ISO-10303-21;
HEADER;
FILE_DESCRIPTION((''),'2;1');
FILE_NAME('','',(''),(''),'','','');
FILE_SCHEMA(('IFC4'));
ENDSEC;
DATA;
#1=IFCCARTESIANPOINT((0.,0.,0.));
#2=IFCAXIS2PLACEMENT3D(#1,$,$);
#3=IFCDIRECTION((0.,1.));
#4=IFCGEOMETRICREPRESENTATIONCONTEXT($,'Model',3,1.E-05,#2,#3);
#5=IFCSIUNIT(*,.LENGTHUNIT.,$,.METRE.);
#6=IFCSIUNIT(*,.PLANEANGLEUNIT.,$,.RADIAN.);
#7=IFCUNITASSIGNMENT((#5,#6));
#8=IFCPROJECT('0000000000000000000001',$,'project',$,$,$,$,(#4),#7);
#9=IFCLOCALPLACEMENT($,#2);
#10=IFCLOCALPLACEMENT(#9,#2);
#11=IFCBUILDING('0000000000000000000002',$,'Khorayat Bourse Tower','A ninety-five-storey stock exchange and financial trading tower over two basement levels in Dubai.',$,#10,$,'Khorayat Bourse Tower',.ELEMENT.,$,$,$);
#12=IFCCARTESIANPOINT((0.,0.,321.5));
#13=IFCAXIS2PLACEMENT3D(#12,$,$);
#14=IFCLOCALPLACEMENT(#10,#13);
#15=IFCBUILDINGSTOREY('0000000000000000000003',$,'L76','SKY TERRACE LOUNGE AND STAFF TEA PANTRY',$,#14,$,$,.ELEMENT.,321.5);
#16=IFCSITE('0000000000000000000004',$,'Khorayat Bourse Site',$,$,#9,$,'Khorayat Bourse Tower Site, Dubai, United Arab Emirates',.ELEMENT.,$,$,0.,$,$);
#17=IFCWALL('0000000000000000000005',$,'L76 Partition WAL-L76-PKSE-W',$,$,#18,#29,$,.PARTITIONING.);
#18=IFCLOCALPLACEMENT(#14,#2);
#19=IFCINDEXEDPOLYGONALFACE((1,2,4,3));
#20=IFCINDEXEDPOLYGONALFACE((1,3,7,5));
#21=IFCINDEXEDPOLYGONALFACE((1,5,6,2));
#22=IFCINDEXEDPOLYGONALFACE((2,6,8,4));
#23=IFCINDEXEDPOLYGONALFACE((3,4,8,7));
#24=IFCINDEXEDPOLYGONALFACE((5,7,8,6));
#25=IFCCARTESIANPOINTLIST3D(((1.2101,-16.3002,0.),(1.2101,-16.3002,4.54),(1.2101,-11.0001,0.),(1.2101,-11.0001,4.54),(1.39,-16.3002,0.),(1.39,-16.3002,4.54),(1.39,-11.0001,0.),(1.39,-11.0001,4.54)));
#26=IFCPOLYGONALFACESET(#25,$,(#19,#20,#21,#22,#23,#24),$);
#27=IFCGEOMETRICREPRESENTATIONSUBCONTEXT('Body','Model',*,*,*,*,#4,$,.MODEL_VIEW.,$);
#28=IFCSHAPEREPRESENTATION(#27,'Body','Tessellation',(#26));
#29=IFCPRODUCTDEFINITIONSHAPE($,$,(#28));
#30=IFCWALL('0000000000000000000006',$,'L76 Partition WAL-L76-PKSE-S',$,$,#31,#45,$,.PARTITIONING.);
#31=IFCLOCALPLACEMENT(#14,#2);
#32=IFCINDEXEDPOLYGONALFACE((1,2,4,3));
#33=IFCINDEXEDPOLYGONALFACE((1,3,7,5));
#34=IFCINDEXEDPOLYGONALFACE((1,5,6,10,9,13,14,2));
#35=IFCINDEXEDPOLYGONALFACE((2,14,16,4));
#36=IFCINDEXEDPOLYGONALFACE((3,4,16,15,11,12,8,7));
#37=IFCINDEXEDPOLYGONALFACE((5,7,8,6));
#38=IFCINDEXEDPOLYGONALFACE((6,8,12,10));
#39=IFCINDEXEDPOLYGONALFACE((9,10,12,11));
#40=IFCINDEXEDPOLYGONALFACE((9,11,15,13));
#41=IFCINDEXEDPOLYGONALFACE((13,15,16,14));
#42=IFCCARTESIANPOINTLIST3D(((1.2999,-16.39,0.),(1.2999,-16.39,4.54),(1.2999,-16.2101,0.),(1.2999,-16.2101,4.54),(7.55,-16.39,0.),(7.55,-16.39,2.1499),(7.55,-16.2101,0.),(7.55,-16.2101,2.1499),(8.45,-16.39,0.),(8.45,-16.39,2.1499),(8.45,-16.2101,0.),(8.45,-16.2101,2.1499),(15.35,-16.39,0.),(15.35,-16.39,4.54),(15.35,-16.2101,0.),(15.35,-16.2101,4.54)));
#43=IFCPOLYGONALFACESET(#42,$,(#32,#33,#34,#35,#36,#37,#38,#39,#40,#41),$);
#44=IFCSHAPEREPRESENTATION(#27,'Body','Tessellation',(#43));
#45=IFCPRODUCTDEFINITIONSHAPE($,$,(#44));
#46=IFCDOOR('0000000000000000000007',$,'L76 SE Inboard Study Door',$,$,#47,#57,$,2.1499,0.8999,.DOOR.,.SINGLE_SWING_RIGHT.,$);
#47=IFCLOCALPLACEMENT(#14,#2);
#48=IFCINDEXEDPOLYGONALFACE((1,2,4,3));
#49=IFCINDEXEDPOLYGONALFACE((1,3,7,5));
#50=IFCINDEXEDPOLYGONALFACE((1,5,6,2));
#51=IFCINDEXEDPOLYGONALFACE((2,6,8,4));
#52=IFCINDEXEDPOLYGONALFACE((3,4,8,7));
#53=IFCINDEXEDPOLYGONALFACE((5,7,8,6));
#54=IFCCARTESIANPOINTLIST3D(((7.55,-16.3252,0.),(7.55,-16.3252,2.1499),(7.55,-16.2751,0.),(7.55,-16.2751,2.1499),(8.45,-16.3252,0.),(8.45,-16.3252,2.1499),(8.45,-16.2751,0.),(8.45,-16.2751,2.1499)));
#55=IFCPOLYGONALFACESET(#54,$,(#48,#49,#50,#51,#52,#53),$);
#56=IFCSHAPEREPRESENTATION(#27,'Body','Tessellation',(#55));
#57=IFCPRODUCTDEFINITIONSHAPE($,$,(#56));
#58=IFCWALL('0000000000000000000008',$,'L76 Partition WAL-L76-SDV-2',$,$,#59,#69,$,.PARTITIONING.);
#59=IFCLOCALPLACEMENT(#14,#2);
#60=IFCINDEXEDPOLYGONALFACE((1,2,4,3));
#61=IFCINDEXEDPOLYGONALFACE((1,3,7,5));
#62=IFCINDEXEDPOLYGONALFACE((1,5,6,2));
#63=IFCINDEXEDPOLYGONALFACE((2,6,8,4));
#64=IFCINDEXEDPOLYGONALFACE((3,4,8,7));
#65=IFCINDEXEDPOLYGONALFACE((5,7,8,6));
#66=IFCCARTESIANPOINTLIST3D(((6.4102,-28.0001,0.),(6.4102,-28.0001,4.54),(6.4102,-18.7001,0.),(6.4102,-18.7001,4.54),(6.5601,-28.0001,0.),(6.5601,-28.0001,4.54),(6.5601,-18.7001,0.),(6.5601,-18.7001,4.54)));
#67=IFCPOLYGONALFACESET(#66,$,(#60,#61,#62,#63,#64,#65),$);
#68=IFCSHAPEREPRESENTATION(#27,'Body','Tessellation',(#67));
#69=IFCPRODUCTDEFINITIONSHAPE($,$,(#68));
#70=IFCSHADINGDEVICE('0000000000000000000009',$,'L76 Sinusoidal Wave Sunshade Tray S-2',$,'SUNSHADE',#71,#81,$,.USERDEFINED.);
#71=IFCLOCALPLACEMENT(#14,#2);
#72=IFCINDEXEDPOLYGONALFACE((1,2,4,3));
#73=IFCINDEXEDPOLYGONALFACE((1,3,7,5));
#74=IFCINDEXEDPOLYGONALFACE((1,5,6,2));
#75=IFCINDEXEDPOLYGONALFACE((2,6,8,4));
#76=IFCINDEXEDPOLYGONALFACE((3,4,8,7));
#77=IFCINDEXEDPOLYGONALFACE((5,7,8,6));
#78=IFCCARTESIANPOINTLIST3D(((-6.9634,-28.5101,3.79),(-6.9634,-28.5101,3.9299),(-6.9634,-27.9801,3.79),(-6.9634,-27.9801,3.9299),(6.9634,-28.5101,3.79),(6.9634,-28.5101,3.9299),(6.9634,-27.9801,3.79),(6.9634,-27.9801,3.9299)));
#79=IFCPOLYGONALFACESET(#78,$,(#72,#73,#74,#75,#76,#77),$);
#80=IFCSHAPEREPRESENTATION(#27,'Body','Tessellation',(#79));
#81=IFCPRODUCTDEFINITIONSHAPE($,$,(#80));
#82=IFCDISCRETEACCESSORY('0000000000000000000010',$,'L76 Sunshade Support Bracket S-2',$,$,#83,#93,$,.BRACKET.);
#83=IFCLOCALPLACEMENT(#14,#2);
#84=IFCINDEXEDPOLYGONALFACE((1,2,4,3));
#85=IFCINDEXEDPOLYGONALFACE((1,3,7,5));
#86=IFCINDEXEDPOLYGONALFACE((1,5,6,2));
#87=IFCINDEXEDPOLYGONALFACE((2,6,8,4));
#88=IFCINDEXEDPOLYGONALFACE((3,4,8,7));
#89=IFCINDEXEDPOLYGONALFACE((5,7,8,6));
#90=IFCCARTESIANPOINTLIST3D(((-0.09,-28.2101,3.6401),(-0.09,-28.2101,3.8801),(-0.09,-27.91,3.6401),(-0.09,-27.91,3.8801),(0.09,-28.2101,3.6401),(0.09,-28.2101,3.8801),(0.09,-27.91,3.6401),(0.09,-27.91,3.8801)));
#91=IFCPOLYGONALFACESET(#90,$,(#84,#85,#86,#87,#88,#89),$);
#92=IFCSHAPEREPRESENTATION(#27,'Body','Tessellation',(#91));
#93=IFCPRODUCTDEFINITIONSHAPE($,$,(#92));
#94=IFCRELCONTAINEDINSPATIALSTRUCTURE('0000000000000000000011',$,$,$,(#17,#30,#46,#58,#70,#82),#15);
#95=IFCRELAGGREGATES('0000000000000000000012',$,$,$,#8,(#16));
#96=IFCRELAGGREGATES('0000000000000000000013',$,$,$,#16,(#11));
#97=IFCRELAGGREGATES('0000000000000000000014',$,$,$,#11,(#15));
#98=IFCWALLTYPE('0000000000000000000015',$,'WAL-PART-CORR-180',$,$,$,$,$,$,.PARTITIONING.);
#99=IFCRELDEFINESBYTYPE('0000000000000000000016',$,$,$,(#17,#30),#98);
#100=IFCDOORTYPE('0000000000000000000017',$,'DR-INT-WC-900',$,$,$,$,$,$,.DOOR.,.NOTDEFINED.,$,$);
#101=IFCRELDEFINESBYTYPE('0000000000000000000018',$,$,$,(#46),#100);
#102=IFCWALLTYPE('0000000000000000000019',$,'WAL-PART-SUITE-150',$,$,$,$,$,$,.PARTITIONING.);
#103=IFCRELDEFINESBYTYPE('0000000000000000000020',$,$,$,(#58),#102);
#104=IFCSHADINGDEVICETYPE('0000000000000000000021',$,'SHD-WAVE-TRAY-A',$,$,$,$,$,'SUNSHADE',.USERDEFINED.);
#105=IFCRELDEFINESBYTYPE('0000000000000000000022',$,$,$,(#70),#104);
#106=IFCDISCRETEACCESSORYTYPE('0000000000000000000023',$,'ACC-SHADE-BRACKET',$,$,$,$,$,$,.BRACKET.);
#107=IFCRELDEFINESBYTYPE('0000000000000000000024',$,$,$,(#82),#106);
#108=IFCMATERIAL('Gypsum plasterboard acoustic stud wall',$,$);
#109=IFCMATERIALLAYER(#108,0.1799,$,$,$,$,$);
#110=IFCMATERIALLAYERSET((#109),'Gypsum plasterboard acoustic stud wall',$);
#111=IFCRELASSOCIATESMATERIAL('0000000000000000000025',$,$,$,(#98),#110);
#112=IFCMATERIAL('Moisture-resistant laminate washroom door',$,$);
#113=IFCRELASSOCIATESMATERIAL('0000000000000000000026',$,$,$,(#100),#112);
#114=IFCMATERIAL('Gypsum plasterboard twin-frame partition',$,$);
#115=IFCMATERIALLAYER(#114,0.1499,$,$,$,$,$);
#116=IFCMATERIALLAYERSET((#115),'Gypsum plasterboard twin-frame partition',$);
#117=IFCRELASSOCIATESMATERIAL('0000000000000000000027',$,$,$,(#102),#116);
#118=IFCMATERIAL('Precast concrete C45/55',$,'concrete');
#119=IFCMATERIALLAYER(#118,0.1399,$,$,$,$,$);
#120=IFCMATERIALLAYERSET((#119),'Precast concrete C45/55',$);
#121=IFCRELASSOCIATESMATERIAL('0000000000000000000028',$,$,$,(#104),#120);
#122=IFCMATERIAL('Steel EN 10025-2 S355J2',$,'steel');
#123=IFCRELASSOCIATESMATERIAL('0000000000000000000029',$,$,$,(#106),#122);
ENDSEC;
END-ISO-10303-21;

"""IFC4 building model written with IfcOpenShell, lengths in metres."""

from ifc_helpers import new_model, si_unit, direction, frame, frame_2d, origin, origin_2d, place, context, subcontext, project, spatial, rectangle, extrude, source, transform, mapped, material, layer, layer_set, type_object, element, fill, save


model = new_model("IFC4")

# Units and contexts
model_context = context("Model", 3, precision=1e-05, world=origin(), true_north=direction((0.0, 1.0)))
body_context = subcontext(model_context, "Body", "Model", "MODEL_VIEW")
ifc_project = project(units=[si_unit("LENGTHUNIT", "METRE"), si_unit("PLANEANGLEUNIT", "RADIAN")], contexts=[model_context])

# Site, building, storey
site_placement = place(None, origin())
site = spatial("IfcSite", under=ifc_project, at=site_placement, Name="Khorayat Bourse Site", LongName="Khorayat Bourse Tower Site, Dubai, United Arab Emirates", CompositionType="ELEMENT", RefElevation=0.0)
building_placement = place(site_placement, origin())
building = spatial("IfcBuilding", under=site, at=building_placement, Name="Khorayat Bourse Tower", Description="A ninety-five-storey stock exchange and financial trading tower over two basement levels in Dubai.", LongName="Khorayat Bourse Tower", CompositionType="ELEMENT")
storey_placement = place(building_placement, frame((0.0, 0.0, 321.5)))
storey = spatial("IfcBuildingStorey", under=building, at=storey_placement, Name="L76", Description="SKY TERRACE LOUNGE AND STAFF TEA PANTRY", CompositionType="ELEMENT", Elevation=321.5)

# Shared definitions
ifc_material_1 = material(Name="Steel EN 10025-2 S355J2", Category="steel")

# Shared definitions
ifc_material_2 = material(Name="Precast concrete C45/55", Category="concrete")

# Wall
ifc_material_3 = material(Name="Gypsum plasterboard acoustic stud wall")
ifc_layer_1 = layer(ifc_material_3, 0.1799)
ifc_layer_set_1 = layer_set([ifc_layer_1], Name="Gypsum plasterboard acoustic stud wall")
wall_type_1 = type_object("IfcWallType", Name="WAL-PART-CORR-180", PredefinedType="PARTITIONING", material=ifc_layer_set_1)
shared_shape_1 = source(origin(), body_context, "Body", "SweptSolid", [
    extrude(rectangle(XDim=5.3, YDim=0.1799, at=frame_2d((2.6499, 0.0))), origin(), (0.0, 0.0, 1.0), 4.54),
])
wall_1_placement = place(storey_placement, frame((1.3, -16.3, 0.0), z_axis=(0.0, 0.0, 1.0), x_axis=(0.0, 1.0, 0.0)))
element("IfcWall", 1, at=wall_1_placement, inside=storey, type_object=wall_type_1, Name="L76 Partition WAL-L76-PKSE-W", PredefinedType="PARTITIONING", context=body_context, shape_type="MappedRepresentation", body=[
    mapped(shared_shape_1, transform((0.0, 0.0, 0.0), scale=1.0)),
])

# Wall, opening, door
shared_shape_2 = source(origin(), body_context, "Body", "SweptSolid", [
    extrude(rectangle(XDim=14.05, YDim=0.1799, at=frame_2d((7.0249, 0.0))), origin(), (0.0, 0.0, 1.0), 4.54),
])
wall_2_placement = place(storey_placement, frame((1.3, -16.3, 0.0), z_axis=(0.0, 0.0, 1.0), x_axis=(1.0, 0.0, 0.0)))
wall_2 = element("IfcWall", 2, at=wall_2_placement, inside=storey, type_object=wall_type_1, Name="L76 Partition WAL-L76-PKSE-S", PredefinedType="PARTITIONING", context=body_context, shape_type="MappedRepresentation", body=[
    mapped(shared_shape_2, transform((0.0, 0.0, 0.0), scale=1.0)),
])
shared_shape_3 = source(origin(), body_context, "Body", "SweptSolid", [
    extrude(rectangle(XDim=0.8999, YDim=2.1499, at=frame_2d((0.45, 1.075))), frame((0.0, 0.0999, 0.0), z_axis=(0.0, -1.0, 0.0), x_axis=(1.0, 0.0, 0.0)), (0.0, 0.0, 1.0), 0.2),
])
opening_1_placement = place(wall_2_placement, frame((6.25, 0.0, 0.0)))
opening_1 = element("IfcOpeningElement", 3, at=opening_1_placement, cuts=wall_2, PredefinedType="OPENING", context=body_context, shape_type="MappedRepresentation", body=[
    mapped(shared_shape_3, transform((0.0, 0.0, 0.0), scale=1.0)),
])
ifc_material_4 = material(Name="Moisture-resistant laminate washroom door")
door_type_1 = type_object("IfcDoorType", Name="DR-INT-WC-900", OperationType="NOTDEFINED", PredefinedType="DOOR", material=ifc_material_4)
shared_shape_4 = source(origin(), body_context, "Body", "SweptSolid", [
    extrude(rectangle(XDim=0.8999, YDim=2.1499, at=frame_2d((0.45, 1.075))), frame((0.0, 0.0249, 0.0), z_axis=(0.0, -1.0, 0.0), x_axis=(1.0, 0.0, 0.0)), (0.0, 0.0, 1.0), 0.05),
])
door_1_placement = place(opening_1_placement, origin())
door_1 = element("IfcDoor", 4, at=door_1_placement, inside=storey, type_object=door_type_1, Name="L76 SE Inboard Study Door", OperationType="SINGLE_SWING_RIGHT", OverallHeight=2.1499, OverallWidth=0.8999, PredefinedType="DOOR", context=body_context, shape_type="MappedRepresentation", body=[
    mapped(shared_shape_4, transform((0.0, 0.0, 0.0), scale=1.0)),
])
fill(opening_1, door_1)

# Wall
ifc_material_5 = material(Name="Gypsum plasterboard twin-frame partition")
ifc_layer_2 = layer(ifc_material_5, 0.1499)
ifc_layer_set_2 = layer_set([ifc_layer_2], Name="Gypsum plasterboard twin-frame partition")
wall_type_2 = type_object("IfcWallType", Name="WAL-PART-SUITE-150", PredefinedType="PARTITIONING", material=ifc_layer_set_2)
shared_shape_5 = source(origin(), body_context, "Body", "SweptSolid", [
    extrude(rectangle(XDim=9.3, YDim=0.1499, at=frame_2d((4.6499, 0.0))), origin(), (0.0, 0.0, 1.0), 4.54),
])
wall_3_placement = place(storey_placement, frame((6.4851, -28.0, 0.0), z_axis=(0.0, 0.0, 1.0), x_axis=(0.0, 1.0, 0.0)))
element("IfcWall", 5, at=wall_3_placement, inside=storey, type_object=wall_type_2, Name="L76 Partition WAL-L76-SDV-2", PredefinedType="PARTITIONING", context=body_context, shape_type="MappedRepresentation", body=[
    mapped(shared_shape_5, transform((0.0, 0.0, 0.0), scale=1.0)),
])

# Shading device
ifc_layer_3 = layer(ifc_material_2, 0.1399)
ifc_layer_set_3 = layer_set([ifc_layer_3], Name="Precast concrete C45/55")
shading_device_type = type_object("IfcShadingDeviceType", Name="SHD-WAVE-TRAY-A", ElementType="SUNSHADE", PredefinedType="USERDEFINED", material=ifc_layer_set_3)
shared_shape_6 = source(origin(), body_context, "Body", "SweptSolid", [
    extrude(rectangle(XDim=13.9268, YDim=0.53, at=origin_2d()), origin(), (0.0, 0.0, 1.0), 0.1399),
])
shading_device_placement = place(storey_placement, frame((0.0, -28.2451, 3.79), z_axis=(0.0, 0.0, 1.0), x_axis=(1.0, 0.0, 0.0)))
element("IfcShadingDevice", 6, at=shading_device_placement, inside=storey, type_object=shading_device_type, Name="L76 Sinusoidal Wave Sunshade Tray S-2", ObjectType="SUNSHADE", PredefinedType="USERDEFINED", context=body_context, shape_type="MappedRepresentation", body=[
    mapped(shared_shape_6, transform((0.0, 0.0, 0.0), scale=1.0)),
])

# Discrete accessory
discrete_accessory_type = type_object("IfcDiscreteAccessoryType", Name="ACC-SHADE-BRACKET", PredefinedType="BRACKET", material=ifc_material_1)
shared_shape_7 = source(origin(), body_context, "Body", "SweptSolid", [
    extrude(rectangle(XDim=0.1799, YDim=0.3, at=origin_2d()), origin(), (0.0, 0.0, 1.0), 0.24),
])
discrete_accessory_placement = place(storey_placement, frame((0.0, -28.0601, 3.6401), z_axis=(0.0, 0.0, 1.0), x_axis=(1.0, 0.0, 0.0)))
element("IfcDiscreteAccessory", 7, at=discrete_accessory_placement, inside=storey, type_object=discrete_accessory_type, Name="L76 Sunshade Support Bracket S-2", PredefinedType="BRACKET", context=body_context, shape_type="MappedRepresentation", body=[
    mapped(shared_shape_7, transform((0.0, 0.0, 0.0), scale=1.0)),
])

save(model, "model.ifc")
